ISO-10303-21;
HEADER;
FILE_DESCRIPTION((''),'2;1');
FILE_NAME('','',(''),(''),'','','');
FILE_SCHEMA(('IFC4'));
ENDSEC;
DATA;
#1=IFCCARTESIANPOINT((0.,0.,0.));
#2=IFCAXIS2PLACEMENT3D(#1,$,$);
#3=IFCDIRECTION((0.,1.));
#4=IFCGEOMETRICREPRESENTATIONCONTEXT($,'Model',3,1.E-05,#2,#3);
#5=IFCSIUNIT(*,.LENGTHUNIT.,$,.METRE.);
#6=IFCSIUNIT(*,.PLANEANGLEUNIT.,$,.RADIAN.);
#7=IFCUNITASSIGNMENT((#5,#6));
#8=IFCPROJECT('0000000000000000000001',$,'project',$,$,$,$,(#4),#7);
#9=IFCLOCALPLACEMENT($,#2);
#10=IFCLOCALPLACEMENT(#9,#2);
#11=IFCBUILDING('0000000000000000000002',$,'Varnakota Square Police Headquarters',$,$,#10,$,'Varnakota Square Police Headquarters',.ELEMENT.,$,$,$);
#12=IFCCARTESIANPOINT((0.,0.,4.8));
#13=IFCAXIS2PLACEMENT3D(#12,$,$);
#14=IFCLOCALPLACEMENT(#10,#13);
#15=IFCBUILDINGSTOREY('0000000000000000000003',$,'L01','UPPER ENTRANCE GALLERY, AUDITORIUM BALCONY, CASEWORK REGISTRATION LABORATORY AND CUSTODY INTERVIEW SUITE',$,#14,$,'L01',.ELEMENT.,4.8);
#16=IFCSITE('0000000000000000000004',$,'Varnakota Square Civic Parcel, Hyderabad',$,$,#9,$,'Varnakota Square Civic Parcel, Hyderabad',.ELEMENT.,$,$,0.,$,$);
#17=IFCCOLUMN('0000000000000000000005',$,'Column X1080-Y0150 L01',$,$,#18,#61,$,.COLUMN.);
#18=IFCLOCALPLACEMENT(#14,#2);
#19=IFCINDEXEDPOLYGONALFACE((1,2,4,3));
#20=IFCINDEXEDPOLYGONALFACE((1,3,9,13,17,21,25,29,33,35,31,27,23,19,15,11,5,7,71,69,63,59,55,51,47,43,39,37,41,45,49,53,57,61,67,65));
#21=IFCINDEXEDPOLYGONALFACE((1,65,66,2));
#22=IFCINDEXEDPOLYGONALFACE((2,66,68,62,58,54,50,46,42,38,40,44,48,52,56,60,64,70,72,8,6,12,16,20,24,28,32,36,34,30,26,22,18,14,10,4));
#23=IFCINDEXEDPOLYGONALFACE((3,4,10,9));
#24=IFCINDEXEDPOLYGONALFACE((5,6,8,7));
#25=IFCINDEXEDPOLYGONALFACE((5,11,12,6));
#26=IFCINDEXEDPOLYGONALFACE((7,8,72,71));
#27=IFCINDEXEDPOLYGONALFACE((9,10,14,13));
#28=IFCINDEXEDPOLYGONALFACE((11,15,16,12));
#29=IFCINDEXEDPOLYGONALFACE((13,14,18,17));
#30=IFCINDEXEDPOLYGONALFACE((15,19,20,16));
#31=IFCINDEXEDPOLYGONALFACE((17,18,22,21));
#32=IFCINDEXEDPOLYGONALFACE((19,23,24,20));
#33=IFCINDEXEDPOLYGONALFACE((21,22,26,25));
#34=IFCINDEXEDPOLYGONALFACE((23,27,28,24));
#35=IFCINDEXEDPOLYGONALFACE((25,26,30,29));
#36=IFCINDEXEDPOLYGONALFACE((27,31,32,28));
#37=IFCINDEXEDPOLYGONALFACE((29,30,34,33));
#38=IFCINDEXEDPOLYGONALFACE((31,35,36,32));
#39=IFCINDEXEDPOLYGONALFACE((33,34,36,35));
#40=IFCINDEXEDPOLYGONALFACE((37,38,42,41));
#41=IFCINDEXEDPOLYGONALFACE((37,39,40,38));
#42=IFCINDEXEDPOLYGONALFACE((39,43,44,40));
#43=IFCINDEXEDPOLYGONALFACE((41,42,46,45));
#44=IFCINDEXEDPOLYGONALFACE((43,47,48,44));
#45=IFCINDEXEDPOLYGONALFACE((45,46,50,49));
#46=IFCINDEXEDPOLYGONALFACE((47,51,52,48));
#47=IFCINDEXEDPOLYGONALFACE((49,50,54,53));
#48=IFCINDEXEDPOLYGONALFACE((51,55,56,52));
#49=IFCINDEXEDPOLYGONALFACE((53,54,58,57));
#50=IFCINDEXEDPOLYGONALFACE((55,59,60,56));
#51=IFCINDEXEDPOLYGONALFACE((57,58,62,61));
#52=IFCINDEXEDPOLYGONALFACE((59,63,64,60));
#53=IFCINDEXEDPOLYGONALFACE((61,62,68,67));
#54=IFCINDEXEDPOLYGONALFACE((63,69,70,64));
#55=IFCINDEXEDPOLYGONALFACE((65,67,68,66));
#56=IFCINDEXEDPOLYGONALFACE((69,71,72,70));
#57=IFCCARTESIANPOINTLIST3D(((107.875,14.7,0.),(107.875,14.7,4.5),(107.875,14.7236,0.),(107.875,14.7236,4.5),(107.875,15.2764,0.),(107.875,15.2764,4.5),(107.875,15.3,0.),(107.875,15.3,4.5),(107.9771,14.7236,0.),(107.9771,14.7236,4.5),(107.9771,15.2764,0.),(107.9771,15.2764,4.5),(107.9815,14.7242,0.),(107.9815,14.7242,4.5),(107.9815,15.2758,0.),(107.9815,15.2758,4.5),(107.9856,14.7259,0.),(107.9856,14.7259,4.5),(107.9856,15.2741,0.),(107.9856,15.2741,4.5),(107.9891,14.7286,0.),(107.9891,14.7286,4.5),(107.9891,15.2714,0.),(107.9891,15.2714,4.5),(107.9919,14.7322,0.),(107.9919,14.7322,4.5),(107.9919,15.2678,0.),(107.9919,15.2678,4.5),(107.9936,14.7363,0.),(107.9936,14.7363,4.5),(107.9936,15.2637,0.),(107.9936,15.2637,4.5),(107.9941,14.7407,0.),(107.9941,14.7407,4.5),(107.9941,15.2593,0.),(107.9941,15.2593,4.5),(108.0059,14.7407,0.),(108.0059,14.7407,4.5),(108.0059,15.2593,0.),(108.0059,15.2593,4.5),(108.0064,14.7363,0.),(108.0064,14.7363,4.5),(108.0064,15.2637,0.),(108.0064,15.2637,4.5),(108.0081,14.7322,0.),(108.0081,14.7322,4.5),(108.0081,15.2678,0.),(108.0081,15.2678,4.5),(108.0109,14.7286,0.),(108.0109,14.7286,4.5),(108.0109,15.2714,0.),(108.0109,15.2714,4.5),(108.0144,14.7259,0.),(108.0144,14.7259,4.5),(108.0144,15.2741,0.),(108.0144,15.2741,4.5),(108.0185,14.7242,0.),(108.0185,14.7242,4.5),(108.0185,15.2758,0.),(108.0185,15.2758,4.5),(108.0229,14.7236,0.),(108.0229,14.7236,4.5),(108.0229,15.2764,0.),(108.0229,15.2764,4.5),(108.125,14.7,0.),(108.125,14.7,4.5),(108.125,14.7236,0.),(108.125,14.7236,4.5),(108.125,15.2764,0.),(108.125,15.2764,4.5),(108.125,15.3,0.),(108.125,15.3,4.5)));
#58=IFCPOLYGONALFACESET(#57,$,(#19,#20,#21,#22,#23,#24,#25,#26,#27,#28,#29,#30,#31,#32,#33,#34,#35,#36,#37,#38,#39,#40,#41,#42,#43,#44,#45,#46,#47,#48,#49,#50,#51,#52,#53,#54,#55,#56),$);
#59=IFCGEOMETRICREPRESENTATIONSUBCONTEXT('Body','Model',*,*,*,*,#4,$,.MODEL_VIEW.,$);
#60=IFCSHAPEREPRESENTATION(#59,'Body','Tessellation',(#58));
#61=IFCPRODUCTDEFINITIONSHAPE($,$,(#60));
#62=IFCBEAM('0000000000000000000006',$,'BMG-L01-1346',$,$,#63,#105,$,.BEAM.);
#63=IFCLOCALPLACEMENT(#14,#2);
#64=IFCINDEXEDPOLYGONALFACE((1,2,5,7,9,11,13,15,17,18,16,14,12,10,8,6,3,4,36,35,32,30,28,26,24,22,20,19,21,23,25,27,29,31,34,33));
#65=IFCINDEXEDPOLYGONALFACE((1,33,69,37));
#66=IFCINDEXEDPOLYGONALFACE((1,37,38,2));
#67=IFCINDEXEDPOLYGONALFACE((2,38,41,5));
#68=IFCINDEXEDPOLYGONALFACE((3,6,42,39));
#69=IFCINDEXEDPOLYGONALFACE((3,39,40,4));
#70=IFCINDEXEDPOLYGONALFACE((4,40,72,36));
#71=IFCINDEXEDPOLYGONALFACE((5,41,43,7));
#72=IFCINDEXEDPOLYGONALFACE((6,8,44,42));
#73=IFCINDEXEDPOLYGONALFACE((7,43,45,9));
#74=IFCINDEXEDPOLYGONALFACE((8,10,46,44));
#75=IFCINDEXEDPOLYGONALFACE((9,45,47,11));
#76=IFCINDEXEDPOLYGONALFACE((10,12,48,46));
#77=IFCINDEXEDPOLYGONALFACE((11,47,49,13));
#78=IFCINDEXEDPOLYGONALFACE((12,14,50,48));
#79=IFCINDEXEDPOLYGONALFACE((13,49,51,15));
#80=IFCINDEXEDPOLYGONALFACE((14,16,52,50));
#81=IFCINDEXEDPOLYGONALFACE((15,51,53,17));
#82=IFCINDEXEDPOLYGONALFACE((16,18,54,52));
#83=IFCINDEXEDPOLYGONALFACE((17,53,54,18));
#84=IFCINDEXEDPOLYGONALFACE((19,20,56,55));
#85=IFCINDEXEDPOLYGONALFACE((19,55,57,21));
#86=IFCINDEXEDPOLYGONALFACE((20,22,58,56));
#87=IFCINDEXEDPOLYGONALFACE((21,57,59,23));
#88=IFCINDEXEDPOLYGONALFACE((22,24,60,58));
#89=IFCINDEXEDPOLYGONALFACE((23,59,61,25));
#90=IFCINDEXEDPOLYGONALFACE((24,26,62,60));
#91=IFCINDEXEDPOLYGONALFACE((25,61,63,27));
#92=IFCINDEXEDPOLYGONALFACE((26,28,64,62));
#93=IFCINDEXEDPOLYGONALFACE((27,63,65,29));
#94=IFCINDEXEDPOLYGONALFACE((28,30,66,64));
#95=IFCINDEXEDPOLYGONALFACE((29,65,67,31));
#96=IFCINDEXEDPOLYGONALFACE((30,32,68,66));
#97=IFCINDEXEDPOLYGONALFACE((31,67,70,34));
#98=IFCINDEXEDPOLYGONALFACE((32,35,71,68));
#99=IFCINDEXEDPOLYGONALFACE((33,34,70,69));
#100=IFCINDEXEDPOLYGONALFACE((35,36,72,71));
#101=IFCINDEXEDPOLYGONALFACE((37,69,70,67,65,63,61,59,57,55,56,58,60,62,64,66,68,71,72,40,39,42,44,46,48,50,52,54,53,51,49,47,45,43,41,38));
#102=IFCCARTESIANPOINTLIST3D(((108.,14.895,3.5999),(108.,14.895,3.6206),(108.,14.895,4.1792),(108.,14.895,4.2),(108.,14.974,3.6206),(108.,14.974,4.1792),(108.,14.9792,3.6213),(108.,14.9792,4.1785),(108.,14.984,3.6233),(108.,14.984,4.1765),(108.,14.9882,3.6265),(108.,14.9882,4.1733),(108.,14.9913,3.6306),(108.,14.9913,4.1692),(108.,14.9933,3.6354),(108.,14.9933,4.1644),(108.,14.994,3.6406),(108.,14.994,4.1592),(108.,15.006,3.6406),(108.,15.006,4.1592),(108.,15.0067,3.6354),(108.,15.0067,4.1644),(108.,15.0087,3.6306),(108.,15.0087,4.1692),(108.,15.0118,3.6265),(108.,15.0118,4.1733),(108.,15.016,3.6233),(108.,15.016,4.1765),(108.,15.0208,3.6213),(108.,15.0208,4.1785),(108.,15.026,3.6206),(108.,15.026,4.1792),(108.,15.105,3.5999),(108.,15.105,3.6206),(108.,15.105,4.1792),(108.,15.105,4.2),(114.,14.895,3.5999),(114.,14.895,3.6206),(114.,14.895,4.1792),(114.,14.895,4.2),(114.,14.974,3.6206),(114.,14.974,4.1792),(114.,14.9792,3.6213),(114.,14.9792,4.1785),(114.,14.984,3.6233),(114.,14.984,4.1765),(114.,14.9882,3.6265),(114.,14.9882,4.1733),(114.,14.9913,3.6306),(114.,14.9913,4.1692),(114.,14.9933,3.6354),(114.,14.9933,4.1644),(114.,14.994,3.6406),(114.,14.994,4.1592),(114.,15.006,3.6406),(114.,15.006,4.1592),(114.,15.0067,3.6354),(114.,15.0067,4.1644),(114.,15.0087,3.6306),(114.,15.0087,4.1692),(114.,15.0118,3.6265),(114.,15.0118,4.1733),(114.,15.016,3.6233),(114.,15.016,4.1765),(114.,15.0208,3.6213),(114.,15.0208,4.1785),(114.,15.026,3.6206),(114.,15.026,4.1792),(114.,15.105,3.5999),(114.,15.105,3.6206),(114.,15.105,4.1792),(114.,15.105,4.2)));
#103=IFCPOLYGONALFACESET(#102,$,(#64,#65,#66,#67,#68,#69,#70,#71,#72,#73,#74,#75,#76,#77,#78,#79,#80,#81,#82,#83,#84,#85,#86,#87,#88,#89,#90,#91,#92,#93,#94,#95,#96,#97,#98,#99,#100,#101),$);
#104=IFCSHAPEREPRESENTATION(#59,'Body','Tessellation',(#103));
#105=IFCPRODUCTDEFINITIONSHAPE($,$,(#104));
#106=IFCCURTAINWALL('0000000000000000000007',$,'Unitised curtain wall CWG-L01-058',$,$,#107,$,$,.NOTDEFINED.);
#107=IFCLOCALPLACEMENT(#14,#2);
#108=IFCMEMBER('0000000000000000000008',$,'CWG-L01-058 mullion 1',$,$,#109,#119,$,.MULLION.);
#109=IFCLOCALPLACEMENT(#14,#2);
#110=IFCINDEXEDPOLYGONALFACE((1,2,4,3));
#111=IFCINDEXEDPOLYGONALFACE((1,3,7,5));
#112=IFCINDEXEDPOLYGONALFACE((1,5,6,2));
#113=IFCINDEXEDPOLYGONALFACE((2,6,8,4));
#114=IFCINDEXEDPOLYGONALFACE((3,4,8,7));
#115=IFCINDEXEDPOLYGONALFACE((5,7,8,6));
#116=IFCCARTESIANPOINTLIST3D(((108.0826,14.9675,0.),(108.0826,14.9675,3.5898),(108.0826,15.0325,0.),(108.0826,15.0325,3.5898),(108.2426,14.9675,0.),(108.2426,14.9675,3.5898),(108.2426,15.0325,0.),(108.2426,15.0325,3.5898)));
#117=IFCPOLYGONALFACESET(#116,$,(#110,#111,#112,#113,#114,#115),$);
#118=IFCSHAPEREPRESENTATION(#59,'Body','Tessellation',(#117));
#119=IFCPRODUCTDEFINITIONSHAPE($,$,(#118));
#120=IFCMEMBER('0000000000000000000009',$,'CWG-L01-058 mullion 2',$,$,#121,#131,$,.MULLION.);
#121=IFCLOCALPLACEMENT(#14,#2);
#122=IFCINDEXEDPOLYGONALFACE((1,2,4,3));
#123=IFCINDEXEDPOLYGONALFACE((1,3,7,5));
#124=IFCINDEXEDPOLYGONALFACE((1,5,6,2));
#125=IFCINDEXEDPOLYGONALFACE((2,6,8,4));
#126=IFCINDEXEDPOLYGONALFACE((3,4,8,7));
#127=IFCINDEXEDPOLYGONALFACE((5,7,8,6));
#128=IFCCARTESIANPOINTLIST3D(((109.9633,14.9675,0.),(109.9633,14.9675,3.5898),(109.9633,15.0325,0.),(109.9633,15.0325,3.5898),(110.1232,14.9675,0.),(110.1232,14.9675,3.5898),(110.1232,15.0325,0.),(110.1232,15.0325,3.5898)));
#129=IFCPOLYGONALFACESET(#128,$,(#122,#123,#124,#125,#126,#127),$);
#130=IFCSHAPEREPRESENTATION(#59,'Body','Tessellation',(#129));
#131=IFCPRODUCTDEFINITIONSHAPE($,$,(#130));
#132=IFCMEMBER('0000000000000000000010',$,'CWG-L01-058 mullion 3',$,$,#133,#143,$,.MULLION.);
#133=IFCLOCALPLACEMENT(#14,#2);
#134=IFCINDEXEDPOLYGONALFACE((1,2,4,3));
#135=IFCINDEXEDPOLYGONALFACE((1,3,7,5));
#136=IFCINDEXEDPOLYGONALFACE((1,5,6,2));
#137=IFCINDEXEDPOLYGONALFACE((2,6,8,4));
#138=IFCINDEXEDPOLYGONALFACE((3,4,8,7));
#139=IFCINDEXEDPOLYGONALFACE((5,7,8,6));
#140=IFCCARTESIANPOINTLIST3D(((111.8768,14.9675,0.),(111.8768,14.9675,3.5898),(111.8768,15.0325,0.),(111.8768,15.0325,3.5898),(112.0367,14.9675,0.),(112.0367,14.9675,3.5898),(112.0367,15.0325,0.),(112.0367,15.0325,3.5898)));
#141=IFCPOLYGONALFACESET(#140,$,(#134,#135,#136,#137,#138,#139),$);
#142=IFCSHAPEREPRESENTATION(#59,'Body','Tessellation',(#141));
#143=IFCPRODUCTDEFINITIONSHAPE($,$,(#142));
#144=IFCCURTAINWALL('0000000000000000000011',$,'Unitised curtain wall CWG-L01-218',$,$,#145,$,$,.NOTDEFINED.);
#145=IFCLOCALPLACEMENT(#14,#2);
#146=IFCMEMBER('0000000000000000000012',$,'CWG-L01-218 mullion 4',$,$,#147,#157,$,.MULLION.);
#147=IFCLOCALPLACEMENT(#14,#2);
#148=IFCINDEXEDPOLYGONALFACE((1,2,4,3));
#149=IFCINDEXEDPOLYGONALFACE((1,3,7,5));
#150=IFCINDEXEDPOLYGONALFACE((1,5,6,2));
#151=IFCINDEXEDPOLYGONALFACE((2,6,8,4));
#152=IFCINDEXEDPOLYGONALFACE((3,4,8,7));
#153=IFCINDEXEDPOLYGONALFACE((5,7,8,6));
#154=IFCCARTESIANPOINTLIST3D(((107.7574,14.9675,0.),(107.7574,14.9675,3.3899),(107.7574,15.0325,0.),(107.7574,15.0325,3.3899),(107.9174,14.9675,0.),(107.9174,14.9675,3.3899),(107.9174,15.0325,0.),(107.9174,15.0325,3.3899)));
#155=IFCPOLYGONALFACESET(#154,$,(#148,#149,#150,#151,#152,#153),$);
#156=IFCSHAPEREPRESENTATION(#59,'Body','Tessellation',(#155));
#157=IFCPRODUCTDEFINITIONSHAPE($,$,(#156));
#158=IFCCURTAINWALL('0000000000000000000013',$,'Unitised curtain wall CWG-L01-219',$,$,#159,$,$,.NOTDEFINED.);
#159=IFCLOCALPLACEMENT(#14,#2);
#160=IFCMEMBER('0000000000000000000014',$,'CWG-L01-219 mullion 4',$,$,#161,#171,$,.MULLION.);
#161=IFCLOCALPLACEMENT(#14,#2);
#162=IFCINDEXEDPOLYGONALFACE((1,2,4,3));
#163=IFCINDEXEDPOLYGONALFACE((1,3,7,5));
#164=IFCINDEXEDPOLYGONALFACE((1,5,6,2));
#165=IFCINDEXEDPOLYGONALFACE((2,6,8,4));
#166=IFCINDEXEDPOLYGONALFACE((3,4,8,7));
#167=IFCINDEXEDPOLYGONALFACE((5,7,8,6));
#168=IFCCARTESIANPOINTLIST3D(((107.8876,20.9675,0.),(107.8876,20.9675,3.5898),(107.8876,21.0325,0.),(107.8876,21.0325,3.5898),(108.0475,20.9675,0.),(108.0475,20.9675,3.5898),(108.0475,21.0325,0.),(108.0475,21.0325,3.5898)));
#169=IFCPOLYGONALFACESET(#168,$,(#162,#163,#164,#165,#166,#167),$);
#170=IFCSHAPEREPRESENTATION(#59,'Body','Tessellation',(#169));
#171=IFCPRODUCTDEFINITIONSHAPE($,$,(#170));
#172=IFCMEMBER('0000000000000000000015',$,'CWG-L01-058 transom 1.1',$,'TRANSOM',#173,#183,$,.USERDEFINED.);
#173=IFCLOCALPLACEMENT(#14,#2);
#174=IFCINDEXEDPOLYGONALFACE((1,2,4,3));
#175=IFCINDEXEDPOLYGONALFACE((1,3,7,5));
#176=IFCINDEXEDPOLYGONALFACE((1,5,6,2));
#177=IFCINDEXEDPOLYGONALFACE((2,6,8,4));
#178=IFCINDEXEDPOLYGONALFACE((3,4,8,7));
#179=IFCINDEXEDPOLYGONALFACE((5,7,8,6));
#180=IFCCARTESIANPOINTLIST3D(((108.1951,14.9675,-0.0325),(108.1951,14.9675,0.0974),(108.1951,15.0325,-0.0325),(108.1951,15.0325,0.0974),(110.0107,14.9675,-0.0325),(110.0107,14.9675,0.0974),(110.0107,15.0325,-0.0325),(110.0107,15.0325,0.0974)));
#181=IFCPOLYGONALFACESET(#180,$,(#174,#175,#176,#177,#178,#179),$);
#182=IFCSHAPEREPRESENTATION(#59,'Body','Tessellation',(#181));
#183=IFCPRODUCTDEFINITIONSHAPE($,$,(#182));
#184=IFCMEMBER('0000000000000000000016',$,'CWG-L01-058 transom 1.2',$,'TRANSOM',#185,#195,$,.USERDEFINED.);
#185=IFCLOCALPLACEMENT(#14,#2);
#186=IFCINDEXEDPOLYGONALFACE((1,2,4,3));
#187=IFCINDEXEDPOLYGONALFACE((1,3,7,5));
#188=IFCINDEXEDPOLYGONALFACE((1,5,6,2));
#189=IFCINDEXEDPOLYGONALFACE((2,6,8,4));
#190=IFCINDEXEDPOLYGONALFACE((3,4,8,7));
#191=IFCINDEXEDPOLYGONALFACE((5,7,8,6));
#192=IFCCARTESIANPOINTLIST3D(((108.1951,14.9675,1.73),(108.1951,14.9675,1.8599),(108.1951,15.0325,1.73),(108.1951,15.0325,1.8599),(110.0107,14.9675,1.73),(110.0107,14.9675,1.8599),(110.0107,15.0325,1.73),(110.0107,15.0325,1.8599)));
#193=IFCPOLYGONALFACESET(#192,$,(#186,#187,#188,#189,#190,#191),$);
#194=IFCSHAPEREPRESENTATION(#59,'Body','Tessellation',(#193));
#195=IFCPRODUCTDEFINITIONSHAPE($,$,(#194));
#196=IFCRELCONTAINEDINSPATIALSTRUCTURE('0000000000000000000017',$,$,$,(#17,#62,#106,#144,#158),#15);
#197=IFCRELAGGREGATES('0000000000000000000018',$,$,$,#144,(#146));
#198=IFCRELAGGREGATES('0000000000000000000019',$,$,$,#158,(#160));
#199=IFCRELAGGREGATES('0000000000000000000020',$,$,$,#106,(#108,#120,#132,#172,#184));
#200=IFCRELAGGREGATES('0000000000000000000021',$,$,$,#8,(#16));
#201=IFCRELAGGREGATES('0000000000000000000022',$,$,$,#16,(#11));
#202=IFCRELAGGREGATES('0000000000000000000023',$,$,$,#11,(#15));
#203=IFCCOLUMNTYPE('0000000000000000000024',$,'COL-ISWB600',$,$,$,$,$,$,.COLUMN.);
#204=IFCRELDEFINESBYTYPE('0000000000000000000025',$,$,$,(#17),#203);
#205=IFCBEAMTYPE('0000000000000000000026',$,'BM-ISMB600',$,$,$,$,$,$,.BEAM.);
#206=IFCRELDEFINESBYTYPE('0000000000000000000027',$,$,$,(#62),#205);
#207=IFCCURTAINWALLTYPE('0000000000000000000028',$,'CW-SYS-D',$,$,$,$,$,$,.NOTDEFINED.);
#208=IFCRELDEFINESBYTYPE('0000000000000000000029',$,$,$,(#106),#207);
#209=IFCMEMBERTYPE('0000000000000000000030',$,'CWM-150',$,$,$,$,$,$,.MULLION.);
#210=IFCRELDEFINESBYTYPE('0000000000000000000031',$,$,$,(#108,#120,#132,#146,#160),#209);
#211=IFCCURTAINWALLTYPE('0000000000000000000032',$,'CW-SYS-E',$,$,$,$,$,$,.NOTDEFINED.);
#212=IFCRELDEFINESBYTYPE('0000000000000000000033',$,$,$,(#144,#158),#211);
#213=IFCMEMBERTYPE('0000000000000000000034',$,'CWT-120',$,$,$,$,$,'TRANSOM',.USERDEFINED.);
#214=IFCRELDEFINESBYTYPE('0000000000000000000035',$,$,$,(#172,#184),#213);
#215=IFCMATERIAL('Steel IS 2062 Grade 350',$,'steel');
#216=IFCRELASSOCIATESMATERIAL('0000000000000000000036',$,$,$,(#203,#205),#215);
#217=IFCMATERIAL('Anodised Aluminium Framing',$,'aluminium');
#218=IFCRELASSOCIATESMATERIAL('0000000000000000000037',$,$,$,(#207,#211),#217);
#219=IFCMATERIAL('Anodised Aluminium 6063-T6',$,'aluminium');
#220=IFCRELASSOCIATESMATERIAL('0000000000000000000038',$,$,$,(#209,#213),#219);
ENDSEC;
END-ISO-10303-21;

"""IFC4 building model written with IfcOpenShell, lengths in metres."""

from ifc_helpers import new_model, si_unit, direction, frame, origin, origin_2d, place, context, subcontext, project, spatial, rectangle, i_section, extrude, material, material_profile, profile_set, type_object, element, aggregate, save


model = new_model("IFC4")

# Units and contexts
model_context = context("Model", 3, precision=1e-05, world=origin(), true_north=direction((0.0, 1.0)))
body_context = subcontext(model_context, "Body", "Model", "MODEL_VIEW")
ifc_project = project(units=[si_unit("LENGTHUNIT", "METRE"), si_unit("PLANEANGLEUNIT", "RADIAN")], contexts=[model_context])

# Site, building, storey
site_placement = place(None, origin())
site = spatial("IfcSite", under=ifc_project, at=site_placement, Name="Varnakota Square Civic Parcel, Hyderabad", LongName="Varnakota Square Civic Parcel, Hyderabad", CompositionType="ELEMENT", RefElevation=0.0)
building_placement = place(site_placement, origin())
building = spatial("IfcBuilding", under=site, at=building_placement, Name="Varnakota Square Police Headquarters", LongName="Varnakota Square Police Headquarters", CompositionType="ELEMENT")
storey_placement = place(building_placement, frame((0.0, 0.0, 4.8)))
storey = spatial("IfcBuildingStorey", under=building, at=storey_placement, Name="L01", Description="UPPER ENTRANCE GALLERY, AUDITORIUM BALCONY, CASEWORK REGISTRATION LABORATORY AND CUSTODY INTERVIEW SUITE", LongName="L01", CompositionType="ELEMENT", Elevation=4.8)

# Column
ifc_material_1 = material(Name="Steel IS 2062 Grade 350", Category="steel")
ifc_material_profile_1 = material_profile(ifc_material_1, i_section(OverallWidth=0.25, OverallDepth=0.6001, WebThickness=0.0117, FlangeThickness=0.0237, FilletRadius=0.0171, at=origin_2d()), Name="ISWB 600")
ifc_profile_set_1 = profile_set([ifc_material_profile_1], Name="Steel IS 2062 Grade 350")
column_type = type_object("IfcColumnType", Name="COL-ISWB600", PredefinedType="COLUMN", material=ifc_profile_set_1)
column_placement = place(storey_placement, frame((108.0, 15.0, 0.0), z_axis=(0.0, 0.0, 1.0), x_axis=(1.0, 0.0, 0.0)))
element("IfcColumn", 1, at=column_placement, inside=storey, type_object=column_type, Name="Column X1080-Y0150 L01", PredefinedType="COLUMN", context=body_context, shape_type="SweptSolid", body=[
    extrude(i_section(OverallWidth=0.25, OverallDepth=0.6001, WebThickness=0.0117, FlangeThickness=0.0237, FilletRadius=0.0171, at=origin_2d()), origin(), (0.0, 0.0, 1.0), 4.5),
])

# Beam
ifc_material_profile_2 = material_profile(ifc_material_1, i_section(OverallWidth=0.21, OverallDepth=0.6001, WebThickness=0.012, FlangeThickness=0.0208, FilletRadius=0.02, at=origin_2d()), Name="ISMB 600")
ifc_profile_set_2 = profile_set([ifc_material_profile_2], Name="Steel IS 2062 Grade 350")
beam_type = type_object("IfcBeamType", Name="BM-ISMB600", PredefinedType="BEAM", material=ifc_profile_set_2)
beam_placement = place(storey_placement, frame((108.0, 15.0, 3.8999), z_axis=(1.0, 0.0, 0.0), x_axis=(0.0, 1.0, 0.0)))
element("IfcBeam", 2, at=beam_placement, inside=storey, type_object=beam_type, Name="BMG-L01-1346", PredefinedType="BEAM", context=body_context, shape_type="SweptSolid", body=[
    extrude(i_section(OverallWidth=0.21, OverallDepth=0.6001, WebThickness=0.012, FlangeThickness=0.0208, FilletRadius=0.02, at=origin_2d()), origin(), (0.0, 0.0, 1.0), 6.0),
])

# Curtain wall, members
ifc_material_2 = material(Name="Anodised Aluminium Framing", Category="aluminium")
curtain_wall_type_1 = type_object("IfcCurtainWallType", Name="CW-SYS-D", PredefinedType="NOTDEFINED", material=ifc_material_2)
curtain_wall_1_placement = place(storey_placement, origin())
curtain_wall_1 = element("IfcCurtainWall", 3, at=curtain_wall_1_placement, inside=storey, type_object=curtain_wall_type_1, Name="Unitised curtain wall CWG-L01-058", PredefinedType="NOTDEFINED")
ifc_material_3 = material(Name="Anodised Aluminium 6063-T6", Category="aluminium")
ifc_material_profile_3 = material_profile(ifc_material_3, rectangle(XDim=0.0649, YDim=0.1599, at=origin_2d()), Name="ALU MULLION 65x160")
ifc_profile_set_3 = profile_set([ifc_material_profile_3], Name="Anodised Aluminium 6063-T6")
member_type_1 = type_object("IfcMemberType", Name="CWM-150", PredefinedType="MULLION", material=ifc_profile_set_3)
member_1_placement = place(storey_placement, frame((108.1626, 15.0, 0.0), z_axis=(0.0, 0.0, 1.0), x_axis=(0.0, 1.0, 0.0)))
member_1 = element("IfcMember", 4, at=member_1_placement, type_object=member_type_1, Name="CWG-L01-058 mullion 1", PredefinedType="MULLION", context=body_context, shape_type="SweptSolid", body=[
    extrude(rectangle(XDim=0.0649, YDim=0.1599, at=origin_2d()), origin(), (0.0, 0.0, 1.0), 3.5898),
])
member_2_placement = place(storey_placement, frame((110.0432, 15.0, 0.0), z_axis=(0.0, 0.0, 1.0), x_axis=(0.0, 1.0, 0.0)))
member_2 = element("IfcMember", 5, at=member_2_placement, type_object=member_type_1, Name="CWG-L01-058 mullion 2", PredefinedType="MULLION", context=body_context, shape_type="SweptSolid", body=[
    extrude(rectangle(XDim=0.0649, YDim=0.1599, at=origin_2d()), origin(), (0.0, 0.0, 1.0), 3.5898),
])
member_3_placement = place(storey_placement, frame((111.9568, 15.0, 0.0), z_axis=(0.0, 0.0, 1.0), x_axis=(0.0, 1.0, 0.0)))
member_3 = element("IfcMember", 6, at=member_3_placement, type_object=member_type_1, Name="CWG-L01-058 mullion 3", PredefinedType="MULLION", context=body_context, shape_type="SweptSolid", body=[
    extrude(rectangle(XDim=0.0649, YDim=0.1599, at=origin_2d()), origin(), (0.0, 0.0, 1.0), 3.5898),
])

# Curtain walls, members
curtain_wall_type_2 = type_object("IfcCurtainWallType", Name="CW-SYS-E", PredefinedType="NOTDEFINED", material=ifc_material_2)
curtain_wall_2_placement = place(storey_placement, origin())
curtain_wall_2 = element("IfcCurtainWall", 7, at=curtain_wall_2_placement, inside=storey, type_object=curtain_wall_type_2, Name="Unitised curtain wall CWG-L01-218", PredefinedType="NOTDEFINED")
member_4_placement = place(storey_placement, frame((107.8374, 15.0, 0.0), z_axis=(0.0, 0.0, 1.0), x_axis=(0.0, 1.0, 0.0)))
member_4 = element("IfcMember", 8, at=member_4_placement, type_object=member_type_1, Name="CWG-L01-218 mullion 4", PredefinedType="MULLION", context=body_context, shape_type="SweptSolid", body=[
    extrude(rectangle(XDim=0.0649, YDim=0.1599, at=origin_2d()), origin(), (0.0, 0.0, 1.0), 3.3899),
])
aggregate(curtain_wall_2, [member_4])
curtain_wall_3_placement = place(storey_placement, origin())
curtain_wall_3 = element("IfcCurtainWall", 9, at=curtain_wall_3_placement, inside=storey, type_object=curtain_wall_type_2, Name="Unitised curtain wall CWG-L01-219", PredefinedType="NOTDEFINED")
member_5_placement = place(storey_placement, frame((107.9675, 21.0, 0.0), z_axis=(0.0, 0.0, 1.0), x_axis=(0.0, 1.0, 0.0)))
member_5 = element("IfcMember", 10, at=member_5_placement, type_object=member_type_1, Name="CWG-L01-219 mullion 4", PredefinedType="MULLION", context=body_context, shape_type="SweptSolid", body=[
    extrude(rectangle(XDim=0.0649, YDim=0.1599, at=origin_2d()), origin(), (0.0, 0.0, 1.0), 3.5898),
])
aggregate(curtain_wall_3, [member_5])

# Members
ifc_material_profile_4 = material_profile(ifc_material_3, rectangle(XDim=0.0649, YDim=0.1299, at=origin_2d()), Name="ALU TRANSOM 65x130")
ifc_profile_set_4 = profile_set([ifc_material_profile_4], Name="Anodised Aluminium 6063-T6")
member_type_2 = type_object("IfcMemberType", Name="CWT-120", ElementType="TRANSOM", PredefinedType="USERDEFINED", material=ifc_profile_set_4)
member_6_placement = place(storey_placement, frame((108.1951, 15.0, 0.0325), z_axis=(1.0, 0.0, 0.0), x_axis=(0.0, 1.0, 0.0)))
member_6 = element("IfcMember", 11, at=member_6_placement, type_object=member_type_2, Name="CWG-L01-058 transom 1.1", ObjectType="TRANSOM", PredefinedType="USERDEFINED", context=body_context, shape_type="SweptSolid", body=[
    extrude(rectangle(XDim=0.0649, YDim=0.1299, at=origin_2d()), origin(), (0.0, 0.0, 1.0), 1.8157),
])
member_7_placement = place(storey_placement, frame((108.1951, 15.0, 1.7949), z_axis=(1.0, 0.0, 0.0), x_axis=(0.0, 1.0, 0.0)))
member_7 = element("IfcMember", 12, at=member_7_placement, type_object=member_type_2, Name="CWG-L01-058 transom 1.2", ObjectType="TRANSOM", PredefinedType="USERDEFINED", context=body_context, shape_type="SweptSolid", body=[
    extrude(rectangle(XDim=0.0649, YDim=0.1299, at=origin_2d()), origin(), (0.0, 0.0, 1.0), 1.8157),
])

aggregate(curtain_wall_1, [member_1, member_2, member_3, member_6, member_7])

save(model, "model.ifc")
